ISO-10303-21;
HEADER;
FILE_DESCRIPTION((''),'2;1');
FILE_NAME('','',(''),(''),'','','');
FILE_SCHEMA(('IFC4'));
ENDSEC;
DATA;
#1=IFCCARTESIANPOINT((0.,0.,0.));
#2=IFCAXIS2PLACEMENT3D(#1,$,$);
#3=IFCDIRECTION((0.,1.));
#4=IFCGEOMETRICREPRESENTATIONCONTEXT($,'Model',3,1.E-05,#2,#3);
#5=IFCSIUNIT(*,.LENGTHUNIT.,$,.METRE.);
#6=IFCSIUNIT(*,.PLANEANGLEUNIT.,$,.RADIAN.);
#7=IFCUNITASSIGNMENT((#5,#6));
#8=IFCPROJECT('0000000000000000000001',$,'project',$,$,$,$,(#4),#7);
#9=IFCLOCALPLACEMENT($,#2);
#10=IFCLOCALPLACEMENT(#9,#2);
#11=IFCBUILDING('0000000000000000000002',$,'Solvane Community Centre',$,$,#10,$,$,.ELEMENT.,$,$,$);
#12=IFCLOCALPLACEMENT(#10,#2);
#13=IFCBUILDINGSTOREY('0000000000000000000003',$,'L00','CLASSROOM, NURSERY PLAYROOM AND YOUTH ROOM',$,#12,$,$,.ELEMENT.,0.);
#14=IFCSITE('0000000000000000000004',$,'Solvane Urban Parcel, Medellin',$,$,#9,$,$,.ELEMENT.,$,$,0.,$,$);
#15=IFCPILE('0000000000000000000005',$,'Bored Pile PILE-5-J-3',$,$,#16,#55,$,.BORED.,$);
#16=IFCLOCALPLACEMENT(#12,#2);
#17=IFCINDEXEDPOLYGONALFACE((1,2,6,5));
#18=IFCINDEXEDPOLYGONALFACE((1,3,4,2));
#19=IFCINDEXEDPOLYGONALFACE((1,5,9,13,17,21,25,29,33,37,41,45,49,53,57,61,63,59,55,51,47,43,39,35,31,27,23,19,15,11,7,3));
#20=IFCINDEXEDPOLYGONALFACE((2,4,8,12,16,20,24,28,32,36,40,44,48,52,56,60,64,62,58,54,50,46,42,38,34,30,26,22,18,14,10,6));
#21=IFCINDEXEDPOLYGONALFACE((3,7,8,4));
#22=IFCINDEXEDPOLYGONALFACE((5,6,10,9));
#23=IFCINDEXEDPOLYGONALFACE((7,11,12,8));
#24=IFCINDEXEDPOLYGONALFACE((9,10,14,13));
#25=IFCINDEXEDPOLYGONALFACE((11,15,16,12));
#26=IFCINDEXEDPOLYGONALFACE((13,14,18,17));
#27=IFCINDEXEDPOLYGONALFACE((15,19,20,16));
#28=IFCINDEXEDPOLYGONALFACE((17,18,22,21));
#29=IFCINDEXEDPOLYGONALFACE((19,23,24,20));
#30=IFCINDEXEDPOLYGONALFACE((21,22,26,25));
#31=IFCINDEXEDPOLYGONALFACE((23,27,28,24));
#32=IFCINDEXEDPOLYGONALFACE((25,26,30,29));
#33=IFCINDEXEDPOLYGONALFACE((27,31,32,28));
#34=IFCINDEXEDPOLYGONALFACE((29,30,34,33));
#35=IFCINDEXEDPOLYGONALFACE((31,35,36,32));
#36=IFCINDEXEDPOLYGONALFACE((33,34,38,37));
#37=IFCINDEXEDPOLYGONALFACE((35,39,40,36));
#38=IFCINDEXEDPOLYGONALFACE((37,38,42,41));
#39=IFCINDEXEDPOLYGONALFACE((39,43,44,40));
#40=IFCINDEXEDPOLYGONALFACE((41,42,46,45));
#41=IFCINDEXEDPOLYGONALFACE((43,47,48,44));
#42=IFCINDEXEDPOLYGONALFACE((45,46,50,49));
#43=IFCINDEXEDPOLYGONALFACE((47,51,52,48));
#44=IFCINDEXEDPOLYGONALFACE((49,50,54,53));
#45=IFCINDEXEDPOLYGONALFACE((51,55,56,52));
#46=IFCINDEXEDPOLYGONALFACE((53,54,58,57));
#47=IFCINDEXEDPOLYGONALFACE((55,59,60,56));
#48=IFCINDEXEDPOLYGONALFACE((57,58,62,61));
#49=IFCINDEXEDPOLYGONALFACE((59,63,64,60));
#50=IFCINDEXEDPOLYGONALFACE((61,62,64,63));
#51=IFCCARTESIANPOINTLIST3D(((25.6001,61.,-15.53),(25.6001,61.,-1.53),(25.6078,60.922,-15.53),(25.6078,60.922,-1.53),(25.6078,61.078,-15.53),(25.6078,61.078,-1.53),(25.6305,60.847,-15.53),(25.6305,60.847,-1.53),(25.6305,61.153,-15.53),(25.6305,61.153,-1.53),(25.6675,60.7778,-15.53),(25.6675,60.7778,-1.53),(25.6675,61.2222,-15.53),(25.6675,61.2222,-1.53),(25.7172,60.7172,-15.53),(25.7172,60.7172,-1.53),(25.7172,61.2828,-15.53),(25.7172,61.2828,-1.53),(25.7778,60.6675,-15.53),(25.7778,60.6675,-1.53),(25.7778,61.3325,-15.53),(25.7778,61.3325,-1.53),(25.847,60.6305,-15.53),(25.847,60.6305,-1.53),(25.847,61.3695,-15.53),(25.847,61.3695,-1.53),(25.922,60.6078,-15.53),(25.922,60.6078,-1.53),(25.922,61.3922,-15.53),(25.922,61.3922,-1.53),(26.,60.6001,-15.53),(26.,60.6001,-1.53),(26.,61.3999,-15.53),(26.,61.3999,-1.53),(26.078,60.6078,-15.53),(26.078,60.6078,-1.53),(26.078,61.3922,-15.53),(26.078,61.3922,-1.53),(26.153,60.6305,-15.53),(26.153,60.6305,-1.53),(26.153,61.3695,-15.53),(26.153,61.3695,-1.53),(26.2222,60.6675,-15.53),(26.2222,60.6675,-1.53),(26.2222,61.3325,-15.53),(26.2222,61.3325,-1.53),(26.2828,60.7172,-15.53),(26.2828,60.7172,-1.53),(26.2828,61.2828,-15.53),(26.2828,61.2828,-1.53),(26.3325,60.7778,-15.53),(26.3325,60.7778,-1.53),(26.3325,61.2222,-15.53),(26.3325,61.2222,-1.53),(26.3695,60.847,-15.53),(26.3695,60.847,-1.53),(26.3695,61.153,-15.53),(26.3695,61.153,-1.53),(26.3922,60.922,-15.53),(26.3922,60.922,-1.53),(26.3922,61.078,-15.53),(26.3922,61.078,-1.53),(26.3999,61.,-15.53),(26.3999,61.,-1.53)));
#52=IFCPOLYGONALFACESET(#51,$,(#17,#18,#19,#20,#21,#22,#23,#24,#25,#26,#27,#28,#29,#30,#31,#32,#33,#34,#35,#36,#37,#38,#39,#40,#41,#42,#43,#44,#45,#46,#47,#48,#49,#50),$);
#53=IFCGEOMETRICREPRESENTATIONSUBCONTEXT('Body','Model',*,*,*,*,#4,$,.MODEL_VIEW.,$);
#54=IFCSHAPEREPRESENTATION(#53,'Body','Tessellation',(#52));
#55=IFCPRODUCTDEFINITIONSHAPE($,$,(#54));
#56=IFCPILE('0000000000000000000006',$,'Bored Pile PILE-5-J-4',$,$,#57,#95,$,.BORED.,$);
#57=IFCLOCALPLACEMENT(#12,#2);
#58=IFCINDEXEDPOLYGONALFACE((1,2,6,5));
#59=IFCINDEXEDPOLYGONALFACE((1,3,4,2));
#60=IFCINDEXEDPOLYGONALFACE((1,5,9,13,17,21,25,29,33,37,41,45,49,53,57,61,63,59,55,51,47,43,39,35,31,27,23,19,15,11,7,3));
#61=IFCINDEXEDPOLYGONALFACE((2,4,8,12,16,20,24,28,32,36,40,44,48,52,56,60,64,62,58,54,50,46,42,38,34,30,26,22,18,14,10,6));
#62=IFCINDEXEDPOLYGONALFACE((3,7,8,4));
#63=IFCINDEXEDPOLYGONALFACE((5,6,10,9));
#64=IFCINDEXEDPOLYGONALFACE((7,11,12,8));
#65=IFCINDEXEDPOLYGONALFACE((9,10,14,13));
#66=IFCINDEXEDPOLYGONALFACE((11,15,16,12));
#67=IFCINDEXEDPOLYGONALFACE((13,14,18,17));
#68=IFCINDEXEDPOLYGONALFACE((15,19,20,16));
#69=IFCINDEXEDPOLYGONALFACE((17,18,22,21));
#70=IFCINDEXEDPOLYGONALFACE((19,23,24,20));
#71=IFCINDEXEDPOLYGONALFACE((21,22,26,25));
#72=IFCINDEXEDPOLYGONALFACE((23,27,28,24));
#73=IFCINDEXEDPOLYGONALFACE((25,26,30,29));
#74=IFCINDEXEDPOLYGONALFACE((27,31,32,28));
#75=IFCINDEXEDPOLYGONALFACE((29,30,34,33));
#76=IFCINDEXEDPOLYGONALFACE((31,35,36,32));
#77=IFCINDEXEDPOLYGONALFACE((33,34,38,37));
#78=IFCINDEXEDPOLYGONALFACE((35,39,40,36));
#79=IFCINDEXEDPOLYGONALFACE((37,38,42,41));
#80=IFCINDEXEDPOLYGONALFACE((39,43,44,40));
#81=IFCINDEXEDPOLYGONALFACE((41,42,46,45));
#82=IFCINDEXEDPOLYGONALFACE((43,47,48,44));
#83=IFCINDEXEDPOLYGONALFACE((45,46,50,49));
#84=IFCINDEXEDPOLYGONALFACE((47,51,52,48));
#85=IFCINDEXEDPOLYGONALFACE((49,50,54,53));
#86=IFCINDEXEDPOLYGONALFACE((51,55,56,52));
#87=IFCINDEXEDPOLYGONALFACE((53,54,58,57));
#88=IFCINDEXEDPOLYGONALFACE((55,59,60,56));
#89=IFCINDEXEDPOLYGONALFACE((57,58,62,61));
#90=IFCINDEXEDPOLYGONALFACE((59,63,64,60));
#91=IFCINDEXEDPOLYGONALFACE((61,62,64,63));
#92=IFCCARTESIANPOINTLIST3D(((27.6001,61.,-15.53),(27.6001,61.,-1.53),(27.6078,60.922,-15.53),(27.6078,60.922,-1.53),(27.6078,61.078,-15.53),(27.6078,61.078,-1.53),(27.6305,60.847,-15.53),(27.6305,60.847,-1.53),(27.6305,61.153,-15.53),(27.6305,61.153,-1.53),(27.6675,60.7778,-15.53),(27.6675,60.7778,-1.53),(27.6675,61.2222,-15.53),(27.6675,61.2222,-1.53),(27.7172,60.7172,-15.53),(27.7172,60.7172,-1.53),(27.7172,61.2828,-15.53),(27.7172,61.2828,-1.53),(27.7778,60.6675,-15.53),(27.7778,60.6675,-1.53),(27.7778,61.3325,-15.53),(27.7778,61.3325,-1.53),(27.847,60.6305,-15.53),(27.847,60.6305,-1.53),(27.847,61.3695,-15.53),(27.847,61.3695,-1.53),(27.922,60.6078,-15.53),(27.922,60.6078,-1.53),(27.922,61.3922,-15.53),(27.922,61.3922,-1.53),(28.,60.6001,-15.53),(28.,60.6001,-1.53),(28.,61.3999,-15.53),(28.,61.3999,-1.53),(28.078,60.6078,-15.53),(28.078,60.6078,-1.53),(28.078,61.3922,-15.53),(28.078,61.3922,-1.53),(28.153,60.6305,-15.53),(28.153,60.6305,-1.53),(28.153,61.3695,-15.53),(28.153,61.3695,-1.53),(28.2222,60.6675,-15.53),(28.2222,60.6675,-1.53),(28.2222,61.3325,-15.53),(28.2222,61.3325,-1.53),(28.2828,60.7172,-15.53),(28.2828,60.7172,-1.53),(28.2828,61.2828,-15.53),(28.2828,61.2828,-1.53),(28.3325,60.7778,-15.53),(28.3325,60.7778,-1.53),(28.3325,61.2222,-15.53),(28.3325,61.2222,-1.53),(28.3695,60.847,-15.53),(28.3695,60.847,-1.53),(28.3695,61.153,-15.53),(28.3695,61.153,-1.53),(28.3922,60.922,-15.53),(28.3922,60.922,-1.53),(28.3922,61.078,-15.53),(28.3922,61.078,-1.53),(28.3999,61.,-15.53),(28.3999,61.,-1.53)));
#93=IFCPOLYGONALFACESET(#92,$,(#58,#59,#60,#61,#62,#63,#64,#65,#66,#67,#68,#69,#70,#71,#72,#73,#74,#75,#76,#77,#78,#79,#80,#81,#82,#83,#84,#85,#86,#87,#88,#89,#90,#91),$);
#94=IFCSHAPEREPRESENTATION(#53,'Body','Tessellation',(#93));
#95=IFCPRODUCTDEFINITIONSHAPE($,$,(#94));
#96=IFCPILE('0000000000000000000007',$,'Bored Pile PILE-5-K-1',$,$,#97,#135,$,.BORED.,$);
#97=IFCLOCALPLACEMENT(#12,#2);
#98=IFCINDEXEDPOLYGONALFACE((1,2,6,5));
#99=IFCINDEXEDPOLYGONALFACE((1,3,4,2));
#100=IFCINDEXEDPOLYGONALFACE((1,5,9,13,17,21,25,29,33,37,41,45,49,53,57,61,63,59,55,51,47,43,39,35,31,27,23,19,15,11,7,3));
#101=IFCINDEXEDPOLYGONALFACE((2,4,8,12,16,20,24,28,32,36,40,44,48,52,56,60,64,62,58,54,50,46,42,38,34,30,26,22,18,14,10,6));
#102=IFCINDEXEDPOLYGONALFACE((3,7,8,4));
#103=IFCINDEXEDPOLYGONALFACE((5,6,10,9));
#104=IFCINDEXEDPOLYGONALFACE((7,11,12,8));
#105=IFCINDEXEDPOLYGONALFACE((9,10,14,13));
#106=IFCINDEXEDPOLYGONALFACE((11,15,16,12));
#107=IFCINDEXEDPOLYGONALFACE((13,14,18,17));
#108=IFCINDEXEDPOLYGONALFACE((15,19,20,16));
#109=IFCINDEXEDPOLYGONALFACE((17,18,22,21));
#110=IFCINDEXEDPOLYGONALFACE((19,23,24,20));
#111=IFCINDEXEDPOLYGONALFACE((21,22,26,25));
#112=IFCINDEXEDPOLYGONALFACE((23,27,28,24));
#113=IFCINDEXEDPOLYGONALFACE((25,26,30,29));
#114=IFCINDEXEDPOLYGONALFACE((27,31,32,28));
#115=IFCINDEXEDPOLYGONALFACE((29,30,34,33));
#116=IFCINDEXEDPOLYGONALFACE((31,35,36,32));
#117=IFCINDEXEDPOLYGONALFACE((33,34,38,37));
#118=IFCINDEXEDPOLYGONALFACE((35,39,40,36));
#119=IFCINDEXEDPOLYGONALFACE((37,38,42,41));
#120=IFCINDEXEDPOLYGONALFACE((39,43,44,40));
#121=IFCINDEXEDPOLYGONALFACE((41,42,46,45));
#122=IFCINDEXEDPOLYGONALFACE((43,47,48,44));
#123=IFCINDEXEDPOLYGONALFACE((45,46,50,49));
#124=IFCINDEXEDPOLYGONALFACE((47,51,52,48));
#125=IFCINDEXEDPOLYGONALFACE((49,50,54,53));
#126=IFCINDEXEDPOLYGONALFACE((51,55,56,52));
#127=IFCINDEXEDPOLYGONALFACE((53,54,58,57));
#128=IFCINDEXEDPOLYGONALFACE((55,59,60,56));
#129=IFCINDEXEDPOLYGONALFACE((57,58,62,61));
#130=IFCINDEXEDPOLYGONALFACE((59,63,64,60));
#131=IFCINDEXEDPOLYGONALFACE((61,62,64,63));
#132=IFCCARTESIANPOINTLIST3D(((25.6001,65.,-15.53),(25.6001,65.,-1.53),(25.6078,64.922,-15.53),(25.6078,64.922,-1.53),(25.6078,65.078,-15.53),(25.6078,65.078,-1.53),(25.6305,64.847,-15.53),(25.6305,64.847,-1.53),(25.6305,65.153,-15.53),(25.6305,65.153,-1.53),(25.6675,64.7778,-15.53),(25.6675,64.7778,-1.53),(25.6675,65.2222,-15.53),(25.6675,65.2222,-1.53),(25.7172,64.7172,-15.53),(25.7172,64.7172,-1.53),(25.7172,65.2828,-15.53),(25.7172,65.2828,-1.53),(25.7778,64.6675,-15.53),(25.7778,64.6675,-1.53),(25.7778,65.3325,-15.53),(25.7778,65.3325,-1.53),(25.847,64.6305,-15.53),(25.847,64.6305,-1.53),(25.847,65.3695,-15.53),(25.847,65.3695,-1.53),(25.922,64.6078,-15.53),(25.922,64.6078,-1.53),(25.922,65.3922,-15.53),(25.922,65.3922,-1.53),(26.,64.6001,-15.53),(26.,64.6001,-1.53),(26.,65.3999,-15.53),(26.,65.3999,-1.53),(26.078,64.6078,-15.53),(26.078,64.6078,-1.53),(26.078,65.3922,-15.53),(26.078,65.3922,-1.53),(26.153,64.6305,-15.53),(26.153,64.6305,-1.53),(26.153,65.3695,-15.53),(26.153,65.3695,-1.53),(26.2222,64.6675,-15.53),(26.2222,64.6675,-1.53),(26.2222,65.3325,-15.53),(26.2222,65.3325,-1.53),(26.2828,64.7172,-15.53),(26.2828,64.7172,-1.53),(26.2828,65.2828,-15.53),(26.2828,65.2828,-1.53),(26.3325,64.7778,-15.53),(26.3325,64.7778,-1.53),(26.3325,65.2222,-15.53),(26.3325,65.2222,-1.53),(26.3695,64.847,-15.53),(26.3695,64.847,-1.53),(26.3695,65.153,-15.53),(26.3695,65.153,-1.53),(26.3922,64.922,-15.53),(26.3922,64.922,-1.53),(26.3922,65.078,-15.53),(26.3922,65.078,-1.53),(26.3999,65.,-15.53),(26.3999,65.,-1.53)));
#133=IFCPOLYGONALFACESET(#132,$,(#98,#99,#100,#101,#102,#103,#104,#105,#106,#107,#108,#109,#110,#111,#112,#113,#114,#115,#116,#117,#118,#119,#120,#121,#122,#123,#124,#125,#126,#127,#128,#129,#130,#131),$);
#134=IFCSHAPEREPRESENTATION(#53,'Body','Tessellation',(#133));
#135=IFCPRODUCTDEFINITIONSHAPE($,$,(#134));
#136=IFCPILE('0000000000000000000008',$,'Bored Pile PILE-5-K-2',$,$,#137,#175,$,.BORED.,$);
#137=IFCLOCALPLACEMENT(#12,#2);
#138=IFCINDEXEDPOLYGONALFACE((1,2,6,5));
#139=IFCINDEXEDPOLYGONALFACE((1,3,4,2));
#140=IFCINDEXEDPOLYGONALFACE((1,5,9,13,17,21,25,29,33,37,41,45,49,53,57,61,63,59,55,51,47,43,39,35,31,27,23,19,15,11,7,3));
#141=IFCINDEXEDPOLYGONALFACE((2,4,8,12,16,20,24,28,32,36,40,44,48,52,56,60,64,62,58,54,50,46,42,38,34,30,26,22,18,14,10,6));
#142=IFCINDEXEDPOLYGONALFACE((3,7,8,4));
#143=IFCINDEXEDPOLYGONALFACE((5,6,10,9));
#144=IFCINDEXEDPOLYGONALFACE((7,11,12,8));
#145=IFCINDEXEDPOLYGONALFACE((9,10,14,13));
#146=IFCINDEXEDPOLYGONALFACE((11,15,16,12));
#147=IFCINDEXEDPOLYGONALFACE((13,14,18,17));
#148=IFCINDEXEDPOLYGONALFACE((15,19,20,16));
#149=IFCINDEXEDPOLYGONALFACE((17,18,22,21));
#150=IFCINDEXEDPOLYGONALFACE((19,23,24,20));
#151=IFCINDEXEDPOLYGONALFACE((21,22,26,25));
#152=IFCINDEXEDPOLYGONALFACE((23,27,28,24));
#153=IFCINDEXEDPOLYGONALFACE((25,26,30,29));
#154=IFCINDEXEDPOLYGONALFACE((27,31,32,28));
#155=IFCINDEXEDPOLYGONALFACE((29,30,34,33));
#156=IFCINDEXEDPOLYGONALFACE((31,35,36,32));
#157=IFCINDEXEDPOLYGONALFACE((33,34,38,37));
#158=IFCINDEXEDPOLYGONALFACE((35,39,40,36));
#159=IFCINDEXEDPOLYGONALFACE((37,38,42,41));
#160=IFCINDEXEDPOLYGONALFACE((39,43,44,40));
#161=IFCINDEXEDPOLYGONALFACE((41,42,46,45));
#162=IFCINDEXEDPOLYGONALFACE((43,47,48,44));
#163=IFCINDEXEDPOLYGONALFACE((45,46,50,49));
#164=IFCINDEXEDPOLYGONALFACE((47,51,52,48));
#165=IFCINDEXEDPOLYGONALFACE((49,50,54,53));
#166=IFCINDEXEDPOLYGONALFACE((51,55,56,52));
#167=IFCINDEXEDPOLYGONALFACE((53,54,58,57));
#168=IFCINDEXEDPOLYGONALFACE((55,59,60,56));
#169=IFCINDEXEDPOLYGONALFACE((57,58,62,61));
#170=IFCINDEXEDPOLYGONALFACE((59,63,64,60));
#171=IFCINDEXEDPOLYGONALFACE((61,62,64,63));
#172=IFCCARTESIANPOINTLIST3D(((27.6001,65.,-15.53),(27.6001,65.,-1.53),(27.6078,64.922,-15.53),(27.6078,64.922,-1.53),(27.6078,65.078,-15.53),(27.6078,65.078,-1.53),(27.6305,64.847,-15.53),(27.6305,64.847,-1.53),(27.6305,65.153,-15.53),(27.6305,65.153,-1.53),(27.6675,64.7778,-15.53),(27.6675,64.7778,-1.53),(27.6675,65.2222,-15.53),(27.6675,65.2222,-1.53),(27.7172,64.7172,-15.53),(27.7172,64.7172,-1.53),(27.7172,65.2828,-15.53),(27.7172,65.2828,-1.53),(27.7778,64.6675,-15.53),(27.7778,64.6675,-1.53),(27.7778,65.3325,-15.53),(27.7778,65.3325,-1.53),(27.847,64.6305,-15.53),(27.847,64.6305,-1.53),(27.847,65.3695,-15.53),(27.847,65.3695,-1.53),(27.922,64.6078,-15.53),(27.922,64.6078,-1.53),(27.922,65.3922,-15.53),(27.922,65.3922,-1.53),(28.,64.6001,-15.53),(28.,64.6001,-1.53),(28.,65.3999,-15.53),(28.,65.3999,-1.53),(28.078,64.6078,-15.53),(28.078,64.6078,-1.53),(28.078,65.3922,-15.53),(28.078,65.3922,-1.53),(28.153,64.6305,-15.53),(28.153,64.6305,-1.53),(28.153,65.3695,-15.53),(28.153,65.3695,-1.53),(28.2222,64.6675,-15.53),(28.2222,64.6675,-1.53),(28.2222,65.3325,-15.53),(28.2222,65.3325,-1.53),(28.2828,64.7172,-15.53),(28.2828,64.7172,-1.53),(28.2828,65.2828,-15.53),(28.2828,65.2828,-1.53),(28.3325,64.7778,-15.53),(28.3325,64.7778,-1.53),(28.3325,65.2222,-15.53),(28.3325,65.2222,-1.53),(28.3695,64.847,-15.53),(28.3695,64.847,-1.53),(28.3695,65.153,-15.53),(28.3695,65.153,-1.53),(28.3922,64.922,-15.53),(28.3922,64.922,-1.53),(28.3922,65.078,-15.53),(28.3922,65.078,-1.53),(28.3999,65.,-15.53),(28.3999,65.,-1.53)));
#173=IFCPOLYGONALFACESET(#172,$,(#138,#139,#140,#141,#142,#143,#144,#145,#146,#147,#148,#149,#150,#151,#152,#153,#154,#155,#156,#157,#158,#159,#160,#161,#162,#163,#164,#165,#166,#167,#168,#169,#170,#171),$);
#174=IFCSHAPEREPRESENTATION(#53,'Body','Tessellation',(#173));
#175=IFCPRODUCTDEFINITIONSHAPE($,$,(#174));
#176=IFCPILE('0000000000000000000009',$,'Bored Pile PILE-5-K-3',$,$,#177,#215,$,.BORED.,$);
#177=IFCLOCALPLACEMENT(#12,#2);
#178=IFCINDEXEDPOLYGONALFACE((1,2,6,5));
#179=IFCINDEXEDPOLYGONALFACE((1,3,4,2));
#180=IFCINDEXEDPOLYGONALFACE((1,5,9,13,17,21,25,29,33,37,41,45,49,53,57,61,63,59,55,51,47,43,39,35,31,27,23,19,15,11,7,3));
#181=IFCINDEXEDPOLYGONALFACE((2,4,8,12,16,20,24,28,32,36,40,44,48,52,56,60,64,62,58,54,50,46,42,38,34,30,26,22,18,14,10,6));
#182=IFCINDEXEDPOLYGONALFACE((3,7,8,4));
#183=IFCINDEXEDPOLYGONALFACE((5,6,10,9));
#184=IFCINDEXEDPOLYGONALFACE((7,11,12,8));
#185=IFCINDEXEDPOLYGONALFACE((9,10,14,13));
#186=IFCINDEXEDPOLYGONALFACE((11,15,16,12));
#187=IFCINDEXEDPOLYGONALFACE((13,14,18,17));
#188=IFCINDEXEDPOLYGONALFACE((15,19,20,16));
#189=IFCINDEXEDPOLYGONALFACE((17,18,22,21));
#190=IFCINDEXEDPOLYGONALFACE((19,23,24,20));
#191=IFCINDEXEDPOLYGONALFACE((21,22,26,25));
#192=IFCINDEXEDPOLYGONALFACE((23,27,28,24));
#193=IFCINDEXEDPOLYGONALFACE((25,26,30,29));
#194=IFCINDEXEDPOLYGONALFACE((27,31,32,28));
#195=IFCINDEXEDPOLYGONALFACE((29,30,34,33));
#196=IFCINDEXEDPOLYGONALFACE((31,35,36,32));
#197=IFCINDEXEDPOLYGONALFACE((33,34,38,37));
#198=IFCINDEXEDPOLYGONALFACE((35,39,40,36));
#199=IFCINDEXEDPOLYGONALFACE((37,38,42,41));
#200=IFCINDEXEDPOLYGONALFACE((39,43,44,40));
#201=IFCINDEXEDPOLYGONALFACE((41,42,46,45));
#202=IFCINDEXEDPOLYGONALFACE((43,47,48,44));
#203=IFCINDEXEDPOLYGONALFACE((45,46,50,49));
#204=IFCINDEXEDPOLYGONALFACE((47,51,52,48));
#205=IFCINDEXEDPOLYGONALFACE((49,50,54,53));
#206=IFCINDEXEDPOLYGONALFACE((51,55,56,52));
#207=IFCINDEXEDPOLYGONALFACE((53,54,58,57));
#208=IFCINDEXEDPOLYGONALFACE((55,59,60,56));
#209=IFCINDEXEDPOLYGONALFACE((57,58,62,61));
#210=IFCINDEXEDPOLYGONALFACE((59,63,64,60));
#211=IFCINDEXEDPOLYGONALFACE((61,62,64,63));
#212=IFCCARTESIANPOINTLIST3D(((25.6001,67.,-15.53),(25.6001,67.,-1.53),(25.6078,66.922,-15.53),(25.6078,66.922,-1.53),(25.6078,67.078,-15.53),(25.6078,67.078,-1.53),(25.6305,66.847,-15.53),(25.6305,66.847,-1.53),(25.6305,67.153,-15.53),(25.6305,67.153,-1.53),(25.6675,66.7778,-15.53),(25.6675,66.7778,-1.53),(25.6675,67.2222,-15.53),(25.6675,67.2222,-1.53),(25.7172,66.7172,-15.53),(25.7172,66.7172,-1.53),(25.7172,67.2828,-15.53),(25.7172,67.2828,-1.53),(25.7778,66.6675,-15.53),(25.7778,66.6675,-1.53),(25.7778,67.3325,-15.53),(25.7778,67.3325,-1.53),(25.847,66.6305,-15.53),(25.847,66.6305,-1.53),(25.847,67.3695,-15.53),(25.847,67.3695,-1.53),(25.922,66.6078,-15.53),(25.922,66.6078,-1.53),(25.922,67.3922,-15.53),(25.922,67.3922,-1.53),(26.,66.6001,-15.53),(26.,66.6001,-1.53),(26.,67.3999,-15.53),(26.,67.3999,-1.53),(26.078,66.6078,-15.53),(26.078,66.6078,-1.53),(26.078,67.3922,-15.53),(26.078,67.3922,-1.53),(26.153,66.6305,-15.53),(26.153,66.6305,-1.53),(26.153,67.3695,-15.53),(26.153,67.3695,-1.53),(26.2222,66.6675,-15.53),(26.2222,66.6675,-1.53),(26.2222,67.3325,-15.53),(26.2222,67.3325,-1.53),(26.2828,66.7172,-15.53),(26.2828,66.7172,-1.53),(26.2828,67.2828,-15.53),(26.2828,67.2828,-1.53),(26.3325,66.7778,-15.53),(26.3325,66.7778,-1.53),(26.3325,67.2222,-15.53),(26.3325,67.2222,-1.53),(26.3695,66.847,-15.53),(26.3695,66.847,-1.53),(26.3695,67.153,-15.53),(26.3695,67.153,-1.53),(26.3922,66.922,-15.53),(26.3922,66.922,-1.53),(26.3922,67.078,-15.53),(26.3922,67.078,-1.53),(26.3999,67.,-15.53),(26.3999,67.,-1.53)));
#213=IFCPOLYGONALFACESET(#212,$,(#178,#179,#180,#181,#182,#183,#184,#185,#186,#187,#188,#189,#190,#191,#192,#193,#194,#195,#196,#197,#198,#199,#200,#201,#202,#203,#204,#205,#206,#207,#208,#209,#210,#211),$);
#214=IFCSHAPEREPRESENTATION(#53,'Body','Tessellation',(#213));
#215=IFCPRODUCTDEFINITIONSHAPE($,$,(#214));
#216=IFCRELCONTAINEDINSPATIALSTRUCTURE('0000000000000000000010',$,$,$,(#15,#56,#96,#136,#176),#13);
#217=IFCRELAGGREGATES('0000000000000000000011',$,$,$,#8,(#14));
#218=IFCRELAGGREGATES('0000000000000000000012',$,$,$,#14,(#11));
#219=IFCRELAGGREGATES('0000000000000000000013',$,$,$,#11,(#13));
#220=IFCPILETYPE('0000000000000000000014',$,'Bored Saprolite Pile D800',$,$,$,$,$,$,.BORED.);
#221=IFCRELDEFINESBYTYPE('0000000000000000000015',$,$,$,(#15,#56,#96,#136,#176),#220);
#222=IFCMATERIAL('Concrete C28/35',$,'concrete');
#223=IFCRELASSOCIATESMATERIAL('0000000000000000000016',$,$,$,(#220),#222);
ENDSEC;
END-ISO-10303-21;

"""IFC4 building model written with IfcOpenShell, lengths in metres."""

from ifc_helpers import new_model, si_unit, direction, frame, origin, origin_2d, place, context, subcontext, project, spatial, circle, extrude, material, material_profile, profile_set, type_object, element, save


model = new_model("IFC4")

# Units and contexts
model_context = context("Model", 3, precision=1e-05, world=origin(), true_north=direction((0.0, 1.0)))
body_context = subcontext(model_context, "Body", "Model", "MODEL_VIEW")
ifc_project = project(units=[si_unit("LENGTHUNIT", "METRE"), si_unit("PLANEANGLEUNIT", "RADIAN")], contexts=[model_context])

# Site, building, storey
site_placement = place(None, origin())
site = spatial("IfcSite", under=ifc_project, at=site_placement, Name="Solvane Urban Parcel, Medellin", CompositionType="ELEMENT", RefElevation=0.0)
building_placement = place(site_placement, origin())
building = spatial("IfcBuilding", under=site, at=building_placement, Name="Solvane Community Centre", CompositionType="ELEMENT")
storey_placement = place(building_placement, origin())
storey = spatial("IfcBuildingStorey", under=building, at=storey_placement, Name="L00", Description="CLASSROOM, NURSERY PLAYROOM AND YOUTH ROOM", CompositionType="ELEMENT", Elevation=0.0)

# Piles
ifc_material_1 = material(Name="Concrete C28/35", Category="concrete")
ifc_material_profile_1 = material_profile(ifc_material_1, circle(Radius=0.3999, at=origin_2d()), Name="PILE D800")
ifc_profile_set_1 = profile_set([ifc_material_profile_1], Name="Concrete C28/35")
pile_type = type_object("IfcPileType", Name="Bored Saprolite Pile D800", PredefinedType="BORED", material=ifc_profile_set_1)
for number, where, z_axis, x_axis, name in (
    (1, (26.0, 61.0, -1.53), (0.0, 0.0, -1.0), (1.0, 0.0, 0.0), "Bored Pile PILE-5-J-3"),
    (2, (28.0, 61.0, -1.53), (0.0, 0.0, -1.0), (1.0, 0.0, 0.0), "Bored Pile PILE-5-J-4"),
    (3, (26.0, 65.0, -1.53), (0.0, 0.0, -1.0), (1.0, 0.0, 0.0), "Bored Pile PILE-5-K-1"),
    (4, (28.0, 65.0, -1.53), (0.0, 0.0, -1.0), (1.0, 0.0, 0.0), "Bored Pile PILE-5-K-2"),
    (5, (26.0, 67.0, -1.53), (0.0, 0.0, -1.0), (1.0, 0.0, 0.0), "Bored Pile PILE-5-K-3"),
):
    element("IfcPile", number, at=place(storey_placement, frame(where, z_axis=z_axis, x_axis=x_axis)), inside=storey, type_object=pile_type, Name=name, PredefinedType="BORED", context=body_context, shape_type="SweptSolid", body=[
        extrude(circle(Radius=0.3999, at=origin_2d()), origin(), (0.0, 0.0, 1.0), 14.0),
    ])

save(model, "model.ifc")
